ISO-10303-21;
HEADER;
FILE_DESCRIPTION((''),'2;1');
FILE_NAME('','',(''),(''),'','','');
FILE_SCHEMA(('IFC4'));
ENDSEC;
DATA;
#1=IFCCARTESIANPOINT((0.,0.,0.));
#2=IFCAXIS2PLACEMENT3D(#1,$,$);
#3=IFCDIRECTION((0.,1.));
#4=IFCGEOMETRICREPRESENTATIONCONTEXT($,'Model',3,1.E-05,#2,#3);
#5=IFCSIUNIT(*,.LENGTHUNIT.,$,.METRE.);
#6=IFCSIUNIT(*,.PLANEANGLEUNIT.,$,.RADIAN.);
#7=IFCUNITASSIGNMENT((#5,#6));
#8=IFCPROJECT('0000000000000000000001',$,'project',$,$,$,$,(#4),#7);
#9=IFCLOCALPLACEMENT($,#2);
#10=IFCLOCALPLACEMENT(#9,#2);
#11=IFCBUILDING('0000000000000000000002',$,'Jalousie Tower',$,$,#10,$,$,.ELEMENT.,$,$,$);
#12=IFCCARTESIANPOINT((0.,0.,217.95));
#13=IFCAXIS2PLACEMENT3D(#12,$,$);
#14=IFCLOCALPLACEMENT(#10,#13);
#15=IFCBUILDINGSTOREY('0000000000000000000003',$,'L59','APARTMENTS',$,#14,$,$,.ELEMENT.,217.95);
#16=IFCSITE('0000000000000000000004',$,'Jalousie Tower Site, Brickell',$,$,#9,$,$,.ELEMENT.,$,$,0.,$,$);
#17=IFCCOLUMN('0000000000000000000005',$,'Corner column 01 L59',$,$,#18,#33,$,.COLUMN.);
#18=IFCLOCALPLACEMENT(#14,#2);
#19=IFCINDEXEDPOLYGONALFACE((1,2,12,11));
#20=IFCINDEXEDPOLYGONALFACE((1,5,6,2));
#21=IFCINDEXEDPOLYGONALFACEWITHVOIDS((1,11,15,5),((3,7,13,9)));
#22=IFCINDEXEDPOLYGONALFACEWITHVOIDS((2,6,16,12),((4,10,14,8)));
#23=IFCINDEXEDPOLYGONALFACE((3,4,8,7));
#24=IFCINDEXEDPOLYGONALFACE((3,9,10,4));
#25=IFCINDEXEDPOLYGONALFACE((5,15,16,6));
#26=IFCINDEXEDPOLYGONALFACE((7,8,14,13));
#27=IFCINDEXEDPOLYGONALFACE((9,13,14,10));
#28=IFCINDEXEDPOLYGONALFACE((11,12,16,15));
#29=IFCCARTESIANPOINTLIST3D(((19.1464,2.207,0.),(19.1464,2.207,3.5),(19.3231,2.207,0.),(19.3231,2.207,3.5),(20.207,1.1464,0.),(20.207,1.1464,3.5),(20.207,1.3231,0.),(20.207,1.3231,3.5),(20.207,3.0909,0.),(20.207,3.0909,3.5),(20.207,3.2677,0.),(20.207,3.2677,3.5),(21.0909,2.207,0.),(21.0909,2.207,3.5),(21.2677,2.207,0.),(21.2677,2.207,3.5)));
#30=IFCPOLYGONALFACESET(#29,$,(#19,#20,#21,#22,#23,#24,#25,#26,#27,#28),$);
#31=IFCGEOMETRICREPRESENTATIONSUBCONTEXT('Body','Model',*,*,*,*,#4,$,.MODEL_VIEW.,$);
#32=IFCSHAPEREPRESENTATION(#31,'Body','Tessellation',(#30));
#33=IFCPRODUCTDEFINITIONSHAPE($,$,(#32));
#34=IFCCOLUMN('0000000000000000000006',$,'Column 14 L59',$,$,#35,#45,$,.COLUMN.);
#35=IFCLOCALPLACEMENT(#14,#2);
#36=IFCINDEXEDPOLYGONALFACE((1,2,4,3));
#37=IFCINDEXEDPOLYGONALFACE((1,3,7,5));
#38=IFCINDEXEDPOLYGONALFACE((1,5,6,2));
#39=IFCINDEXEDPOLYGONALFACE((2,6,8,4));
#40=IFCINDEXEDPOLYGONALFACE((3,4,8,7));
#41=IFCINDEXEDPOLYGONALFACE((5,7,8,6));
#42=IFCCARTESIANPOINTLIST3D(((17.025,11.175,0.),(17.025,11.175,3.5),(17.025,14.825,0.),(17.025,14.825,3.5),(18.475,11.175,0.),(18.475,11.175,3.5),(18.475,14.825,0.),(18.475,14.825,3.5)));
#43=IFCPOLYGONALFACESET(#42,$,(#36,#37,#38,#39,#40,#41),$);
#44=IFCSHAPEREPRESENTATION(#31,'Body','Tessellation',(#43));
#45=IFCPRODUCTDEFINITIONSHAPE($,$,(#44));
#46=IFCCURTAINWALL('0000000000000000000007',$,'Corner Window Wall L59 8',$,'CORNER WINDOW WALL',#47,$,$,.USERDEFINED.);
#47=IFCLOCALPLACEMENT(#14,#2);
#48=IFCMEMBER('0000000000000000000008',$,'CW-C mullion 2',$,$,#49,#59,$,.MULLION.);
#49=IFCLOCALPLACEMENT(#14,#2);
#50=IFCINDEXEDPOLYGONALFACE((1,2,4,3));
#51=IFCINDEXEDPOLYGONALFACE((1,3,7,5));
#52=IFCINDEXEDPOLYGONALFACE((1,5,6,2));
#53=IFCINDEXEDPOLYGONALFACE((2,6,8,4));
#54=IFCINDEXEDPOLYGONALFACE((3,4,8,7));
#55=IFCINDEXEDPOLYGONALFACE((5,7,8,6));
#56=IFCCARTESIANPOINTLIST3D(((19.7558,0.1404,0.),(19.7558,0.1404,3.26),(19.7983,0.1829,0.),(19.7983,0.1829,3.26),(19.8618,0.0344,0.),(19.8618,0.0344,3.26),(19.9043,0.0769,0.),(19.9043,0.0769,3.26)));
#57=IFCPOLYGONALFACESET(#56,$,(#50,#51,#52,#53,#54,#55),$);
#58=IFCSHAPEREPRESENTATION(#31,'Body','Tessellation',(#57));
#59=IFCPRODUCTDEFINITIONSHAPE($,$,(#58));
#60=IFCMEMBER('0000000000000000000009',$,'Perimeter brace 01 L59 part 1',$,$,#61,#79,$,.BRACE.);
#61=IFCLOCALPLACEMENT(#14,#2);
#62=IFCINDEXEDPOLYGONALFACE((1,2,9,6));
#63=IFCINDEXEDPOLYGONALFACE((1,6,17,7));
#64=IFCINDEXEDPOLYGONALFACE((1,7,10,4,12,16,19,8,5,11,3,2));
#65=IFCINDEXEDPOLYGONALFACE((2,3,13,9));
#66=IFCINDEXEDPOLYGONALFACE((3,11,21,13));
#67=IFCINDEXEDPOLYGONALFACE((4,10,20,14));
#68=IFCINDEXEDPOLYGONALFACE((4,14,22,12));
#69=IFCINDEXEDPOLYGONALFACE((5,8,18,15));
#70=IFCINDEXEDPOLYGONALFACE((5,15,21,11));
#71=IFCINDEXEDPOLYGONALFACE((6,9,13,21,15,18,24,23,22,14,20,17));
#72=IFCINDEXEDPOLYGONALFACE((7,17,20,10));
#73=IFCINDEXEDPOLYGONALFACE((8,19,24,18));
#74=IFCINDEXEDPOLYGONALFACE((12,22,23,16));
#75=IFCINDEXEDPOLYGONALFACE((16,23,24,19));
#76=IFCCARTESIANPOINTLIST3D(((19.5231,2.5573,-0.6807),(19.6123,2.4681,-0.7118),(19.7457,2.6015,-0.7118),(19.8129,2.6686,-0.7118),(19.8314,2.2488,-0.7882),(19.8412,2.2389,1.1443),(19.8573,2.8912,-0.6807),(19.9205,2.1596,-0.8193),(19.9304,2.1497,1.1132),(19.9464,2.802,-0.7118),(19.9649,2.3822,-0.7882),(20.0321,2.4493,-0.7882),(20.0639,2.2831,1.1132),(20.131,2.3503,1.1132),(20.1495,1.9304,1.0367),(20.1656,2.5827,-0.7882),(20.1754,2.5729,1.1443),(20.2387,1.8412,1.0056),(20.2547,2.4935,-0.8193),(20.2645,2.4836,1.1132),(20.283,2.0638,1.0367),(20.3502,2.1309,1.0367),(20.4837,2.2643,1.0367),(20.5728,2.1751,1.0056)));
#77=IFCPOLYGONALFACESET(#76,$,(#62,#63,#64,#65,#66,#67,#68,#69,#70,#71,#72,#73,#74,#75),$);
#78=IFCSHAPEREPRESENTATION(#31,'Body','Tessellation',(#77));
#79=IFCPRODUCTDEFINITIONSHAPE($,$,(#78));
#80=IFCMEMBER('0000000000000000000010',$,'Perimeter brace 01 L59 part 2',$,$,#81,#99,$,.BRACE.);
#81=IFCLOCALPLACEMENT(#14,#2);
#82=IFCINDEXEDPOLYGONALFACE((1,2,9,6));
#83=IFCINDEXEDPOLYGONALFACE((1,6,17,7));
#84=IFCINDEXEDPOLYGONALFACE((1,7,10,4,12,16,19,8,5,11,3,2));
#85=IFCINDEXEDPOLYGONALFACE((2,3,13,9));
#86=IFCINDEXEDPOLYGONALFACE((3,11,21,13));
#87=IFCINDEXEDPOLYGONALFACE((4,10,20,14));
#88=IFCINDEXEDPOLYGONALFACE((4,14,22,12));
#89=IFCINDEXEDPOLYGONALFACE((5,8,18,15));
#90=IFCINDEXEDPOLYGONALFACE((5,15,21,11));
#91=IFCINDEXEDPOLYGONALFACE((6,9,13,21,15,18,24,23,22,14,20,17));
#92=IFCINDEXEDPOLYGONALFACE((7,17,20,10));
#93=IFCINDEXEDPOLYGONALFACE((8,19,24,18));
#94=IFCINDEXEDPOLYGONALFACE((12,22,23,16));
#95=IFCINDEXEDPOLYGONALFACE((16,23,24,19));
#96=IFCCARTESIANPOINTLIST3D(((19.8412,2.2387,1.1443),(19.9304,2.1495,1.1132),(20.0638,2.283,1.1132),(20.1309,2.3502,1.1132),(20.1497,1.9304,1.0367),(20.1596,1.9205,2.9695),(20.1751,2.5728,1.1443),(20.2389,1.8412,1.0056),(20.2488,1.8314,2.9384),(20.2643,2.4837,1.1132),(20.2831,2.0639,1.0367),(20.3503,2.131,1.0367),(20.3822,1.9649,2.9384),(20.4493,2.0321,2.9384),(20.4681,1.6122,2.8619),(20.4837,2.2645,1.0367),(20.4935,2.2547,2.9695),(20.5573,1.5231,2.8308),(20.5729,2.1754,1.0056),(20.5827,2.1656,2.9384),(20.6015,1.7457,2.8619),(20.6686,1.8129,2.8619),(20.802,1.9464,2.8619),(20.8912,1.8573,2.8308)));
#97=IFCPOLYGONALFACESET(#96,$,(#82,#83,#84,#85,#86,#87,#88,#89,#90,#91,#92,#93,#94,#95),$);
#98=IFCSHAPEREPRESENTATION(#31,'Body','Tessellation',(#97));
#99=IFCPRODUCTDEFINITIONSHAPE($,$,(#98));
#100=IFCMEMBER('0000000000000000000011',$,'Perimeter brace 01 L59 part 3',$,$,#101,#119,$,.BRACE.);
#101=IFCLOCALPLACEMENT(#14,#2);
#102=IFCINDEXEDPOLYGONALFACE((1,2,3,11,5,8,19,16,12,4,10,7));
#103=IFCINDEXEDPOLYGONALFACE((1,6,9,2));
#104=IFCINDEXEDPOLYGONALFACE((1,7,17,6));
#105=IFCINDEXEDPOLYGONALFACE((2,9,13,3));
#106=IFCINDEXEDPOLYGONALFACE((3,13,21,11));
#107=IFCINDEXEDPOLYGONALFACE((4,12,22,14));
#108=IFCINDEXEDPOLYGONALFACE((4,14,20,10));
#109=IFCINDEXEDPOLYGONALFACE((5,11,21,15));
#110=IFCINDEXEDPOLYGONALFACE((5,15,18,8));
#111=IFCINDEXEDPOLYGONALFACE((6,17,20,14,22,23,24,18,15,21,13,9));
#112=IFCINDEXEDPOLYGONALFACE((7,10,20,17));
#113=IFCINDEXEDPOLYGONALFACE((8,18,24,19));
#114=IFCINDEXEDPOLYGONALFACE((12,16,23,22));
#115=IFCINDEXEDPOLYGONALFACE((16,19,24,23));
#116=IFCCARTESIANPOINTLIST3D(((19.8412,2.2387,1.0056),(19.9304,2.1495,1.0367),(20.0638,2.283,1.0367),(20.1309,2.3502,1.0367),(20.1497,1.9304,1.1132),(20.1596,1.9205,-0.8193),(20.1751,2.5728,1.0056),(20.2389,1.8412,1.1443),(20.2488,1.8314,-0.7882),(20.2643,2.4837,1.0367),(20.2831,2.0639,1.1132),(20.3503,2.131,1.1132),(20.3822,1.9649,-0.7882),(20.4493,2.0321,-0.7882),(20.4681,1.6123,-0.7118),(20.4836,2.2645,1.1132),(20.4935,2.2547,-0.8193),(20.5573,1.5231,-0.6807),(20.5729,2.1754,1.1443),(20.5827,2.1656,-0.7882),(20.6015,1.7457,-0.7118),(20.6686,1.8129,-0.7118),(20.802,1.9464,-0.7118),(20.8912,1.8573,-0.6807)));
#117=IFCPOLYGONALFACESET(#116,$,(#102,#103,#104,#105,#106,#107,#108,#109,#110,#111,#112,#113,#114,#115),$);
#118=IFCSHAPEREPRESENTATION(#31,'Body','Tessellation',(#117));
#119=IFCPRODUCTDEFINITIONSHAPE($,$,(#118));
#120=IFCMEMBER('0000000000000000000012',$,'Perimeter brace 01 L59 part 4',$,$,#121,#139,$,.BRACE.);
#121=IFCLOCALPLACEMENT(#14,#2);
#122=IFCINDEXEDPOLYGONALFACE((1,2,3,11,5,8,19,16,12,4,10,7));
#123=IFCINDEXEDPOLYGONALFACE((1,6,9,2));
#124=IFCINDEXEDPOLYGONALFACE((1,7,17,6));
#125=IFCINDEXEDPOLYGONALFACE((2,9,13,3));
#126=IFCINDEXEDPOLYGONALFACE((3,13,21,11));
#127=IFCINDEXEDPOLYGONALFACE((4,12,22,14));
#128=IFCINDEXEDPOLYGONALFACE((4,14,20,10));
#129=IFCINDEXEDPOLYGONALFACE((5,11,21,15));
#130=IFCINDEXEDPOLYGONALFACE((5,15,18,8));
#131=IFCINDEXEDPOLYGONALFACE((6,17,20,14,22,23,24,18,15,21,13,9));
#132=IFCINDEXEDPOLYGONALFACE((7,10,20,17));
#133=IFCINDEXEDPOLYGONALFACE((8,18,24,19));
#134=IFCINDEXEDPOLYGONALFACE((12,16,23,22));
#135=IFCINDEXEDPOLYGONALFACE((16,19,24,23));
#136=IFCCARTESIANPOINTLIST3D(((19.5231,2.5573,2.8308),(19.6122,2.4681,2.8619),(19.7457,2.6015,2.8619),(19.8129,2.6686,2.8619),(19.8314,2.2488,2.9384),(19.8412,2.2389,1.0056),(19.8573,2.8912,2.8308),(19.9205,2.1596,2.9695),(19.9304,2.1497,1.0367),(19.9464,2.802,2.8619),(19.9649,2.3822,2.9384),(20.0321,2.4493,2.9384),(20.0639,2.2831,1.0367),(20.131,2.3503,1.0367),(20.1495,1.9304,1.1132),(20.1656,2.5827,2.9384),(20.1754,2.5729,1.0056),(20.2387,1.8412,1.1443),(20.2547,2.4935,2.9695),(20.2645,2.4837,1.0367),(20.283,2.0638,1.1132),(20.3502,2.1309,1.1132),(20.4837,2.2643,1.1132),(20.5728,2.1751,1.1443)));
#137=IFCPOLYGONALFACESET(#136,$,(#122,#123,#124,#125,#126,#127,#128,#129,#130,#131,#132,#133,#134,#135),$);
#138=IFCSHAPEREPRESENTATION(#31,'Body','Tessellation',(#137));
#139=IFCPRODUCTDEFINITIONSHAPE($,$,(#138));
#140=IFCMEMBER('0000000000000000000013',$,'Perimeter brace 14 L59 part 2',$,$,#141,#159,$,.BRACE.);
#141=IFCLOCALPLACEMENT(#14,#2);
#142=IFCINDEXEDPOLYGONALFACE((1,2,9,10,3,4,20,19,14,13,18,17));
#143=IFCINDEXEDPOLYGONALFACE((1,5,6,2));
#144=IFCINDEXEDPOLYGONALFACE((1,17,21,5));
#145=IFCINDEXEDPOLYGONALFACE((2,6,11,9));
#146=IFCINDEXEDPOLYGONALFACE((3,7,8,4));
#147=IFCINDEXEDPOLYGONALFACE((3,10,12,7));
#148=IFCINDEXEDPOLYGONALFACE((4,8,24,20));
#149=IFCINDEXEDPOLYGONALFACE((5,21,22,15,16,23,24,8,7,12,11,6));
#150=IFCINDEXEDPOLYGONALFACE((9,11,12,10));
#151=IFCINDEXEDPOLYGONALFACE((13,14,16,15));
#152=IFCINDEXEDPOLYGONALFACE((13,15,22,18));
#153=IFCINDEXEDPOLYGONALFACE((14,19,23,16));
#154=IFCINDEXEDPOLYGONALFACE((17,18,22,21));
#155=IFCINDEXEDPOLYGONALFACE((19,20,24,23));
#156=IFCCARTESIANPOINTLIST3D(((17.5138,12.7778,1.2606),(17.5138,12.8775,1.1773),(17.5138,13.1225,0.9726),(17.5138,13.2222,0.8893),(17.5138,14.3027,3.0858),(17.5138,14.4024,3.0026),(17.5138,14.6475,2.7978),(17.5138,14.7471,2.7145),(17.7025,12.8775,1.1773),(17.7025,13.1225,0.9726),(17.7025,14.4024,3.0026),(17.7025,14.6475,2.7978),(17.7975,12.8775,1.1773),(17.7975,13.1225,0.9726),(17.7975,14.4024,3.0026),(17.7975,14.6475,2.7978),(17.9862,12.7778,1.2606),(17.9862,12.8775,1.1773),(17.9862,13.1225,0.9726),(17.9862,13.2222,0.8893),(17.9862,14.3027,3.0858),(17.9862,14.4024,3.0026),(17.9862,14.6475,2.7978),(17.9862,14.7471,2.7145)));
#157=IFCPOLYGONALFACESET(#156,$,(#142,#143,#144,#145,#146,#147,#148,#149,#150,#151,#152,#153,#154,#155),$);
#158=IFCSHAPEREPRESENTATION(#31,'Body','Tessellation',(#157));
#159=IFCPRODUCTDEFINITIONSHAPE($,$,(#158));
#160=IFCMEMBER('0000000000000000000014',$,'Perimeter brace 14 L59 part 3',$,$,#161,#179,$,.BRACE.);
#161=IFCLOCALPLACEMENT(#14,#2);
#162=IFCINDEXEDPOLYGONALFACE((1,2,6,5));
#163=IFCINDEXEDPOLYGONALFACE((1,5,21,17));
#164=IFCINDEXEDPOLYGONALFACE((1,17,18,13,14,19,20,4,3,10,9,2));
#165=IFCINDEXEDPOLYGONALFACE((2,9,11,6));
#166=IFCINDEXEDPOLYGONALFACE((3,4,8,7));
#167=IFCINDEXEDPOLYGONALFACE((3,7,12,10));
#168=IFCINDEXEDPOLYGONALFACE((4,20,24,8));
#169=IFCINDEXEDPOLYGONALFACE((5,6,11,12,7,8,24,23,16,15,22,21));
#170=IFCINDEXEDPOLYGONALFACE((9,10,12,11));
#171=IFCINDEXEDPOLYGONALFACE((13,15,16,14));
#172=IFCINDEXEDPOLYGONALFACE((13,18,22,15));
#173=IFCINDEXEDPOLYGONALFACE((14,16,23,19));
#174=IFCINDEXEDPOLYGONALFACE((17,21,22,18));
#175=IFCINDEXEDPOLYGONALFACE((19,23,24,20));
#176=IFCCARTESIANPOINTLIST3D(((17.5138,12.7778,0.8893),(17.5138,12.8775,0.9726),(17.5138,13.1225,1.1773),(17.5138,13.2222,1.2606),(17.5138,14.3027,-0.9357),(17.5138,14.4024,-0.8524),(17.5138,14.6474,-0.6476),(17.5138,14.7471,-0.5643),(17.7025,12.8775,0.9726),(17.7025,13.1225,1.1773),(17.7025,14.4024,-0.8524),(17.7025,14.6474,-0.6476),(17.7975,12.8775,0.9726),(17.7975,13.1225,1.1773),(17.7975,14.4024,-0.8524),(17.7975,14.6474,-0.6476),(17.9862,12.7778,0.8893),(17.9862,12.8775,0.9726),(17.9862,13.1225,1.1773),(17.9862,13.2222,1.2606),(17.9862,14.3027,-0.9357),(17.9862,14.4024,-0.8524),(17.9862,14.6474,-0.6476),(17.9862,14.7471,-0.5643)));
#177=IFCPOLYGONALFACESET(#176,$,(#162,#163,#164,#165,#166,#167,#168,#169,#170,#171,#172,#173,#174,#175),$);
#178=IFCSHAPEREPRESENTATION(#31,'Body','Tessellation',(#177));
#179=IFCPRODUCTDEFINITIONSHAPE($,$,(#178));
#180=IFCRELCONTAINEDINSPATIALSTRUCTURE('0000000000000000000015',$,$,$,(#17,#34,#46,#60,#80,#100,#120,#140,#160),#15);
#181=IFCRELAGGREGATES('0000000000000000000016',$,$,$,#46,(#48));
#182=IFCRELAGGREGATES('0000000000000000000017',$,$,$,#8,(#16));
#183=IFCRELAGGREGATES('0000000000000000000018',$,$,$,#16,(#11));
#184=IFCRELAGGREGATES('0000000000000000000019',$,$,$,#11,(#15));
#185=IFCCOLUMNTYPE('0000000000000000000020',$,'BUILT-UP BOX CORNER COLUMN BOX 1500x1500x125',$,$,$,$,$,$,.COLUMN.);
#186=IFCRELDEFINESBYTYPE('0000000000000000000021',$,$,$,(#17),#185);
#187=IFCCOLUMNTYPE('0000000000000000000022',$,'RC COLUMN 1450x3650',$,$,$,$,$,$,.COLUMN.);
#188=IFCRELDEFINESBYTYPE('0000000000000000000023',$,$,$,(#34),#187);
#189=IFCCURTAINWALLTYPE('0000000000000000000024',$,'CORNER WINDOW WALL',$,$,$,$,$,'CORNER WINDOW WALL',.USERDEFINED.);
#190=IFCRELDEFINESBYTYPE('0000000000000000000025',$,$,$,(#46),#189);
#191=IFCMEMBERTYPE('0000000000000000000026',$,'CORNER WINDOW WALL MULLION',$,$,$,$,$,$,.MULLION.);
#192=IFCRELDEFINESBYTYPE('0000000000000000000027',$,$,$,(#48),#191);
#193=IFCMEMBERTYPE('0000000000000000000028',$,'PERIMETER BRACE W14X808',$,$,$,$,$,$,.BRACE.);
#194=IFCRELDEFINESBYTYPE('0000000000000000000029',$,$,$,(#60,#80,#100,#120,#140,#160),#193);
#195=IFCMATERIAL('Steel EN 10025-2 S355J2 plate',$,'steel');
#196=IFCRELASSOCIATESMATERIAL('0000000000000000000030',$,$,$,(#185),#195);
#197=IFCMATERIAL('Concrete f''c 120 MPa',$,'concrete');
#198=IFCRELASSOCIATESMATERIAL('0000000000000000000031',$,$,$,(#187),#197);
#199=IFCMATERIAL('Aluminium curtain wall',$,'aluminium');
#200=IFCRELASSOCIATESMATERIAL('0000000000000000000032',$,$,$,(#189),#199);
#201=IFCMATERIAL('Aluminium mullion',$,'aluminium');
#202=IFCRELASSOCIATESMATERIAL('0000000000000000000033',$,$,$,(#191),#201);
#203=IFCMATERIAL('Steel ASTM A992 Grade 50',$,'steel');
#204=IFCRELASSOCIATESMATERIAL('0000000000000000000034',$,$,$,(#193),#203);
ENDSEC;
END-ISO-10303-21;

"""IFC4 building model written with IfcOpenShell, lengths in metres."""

from ifc_helpers import new_model, si_unit, direction, frame, origin, origin_2d, place, context, subcontext, project, spatial, rectangle, hollow_rectangle, i_section, extrude, material, material_profile, profile_set, type_object, element, aggregate, save


model = new_model("IFC4")

# Units and contexts
model_context = context("Model", 3, precision=1e-05, world=origin(), true_north=direction((0.0, 1.0)))
body_context = subcontext(model_context, "Body", "Model", "MODEL_VIEW")
ifc_project = project(units=[si_unit("LENGTHUNIT", "METRE"), si_unit("PLANEANGLEUNIT", "RADIAN")], contexts=[model_context])

# Site, building, storey
site_placement = place(None, origin())
site = spatial("IfcSite", under=ifc_project, at=site_placement, Name="Jalousie Tower Site, Brickell", CompositionType="ELEMENT", RefElevation=0.0)
building_placement = place(site_placement, origin())
building = spatial("IfcBuilding", under=site, at=building_placement, Name="Jalousie Tower", CompositionType="ELEMENT")
storey_placement = place(building_placement, frame((0.0, 0.0, 217.95)))
storey = spatial("IfcBuildingStorey", under=building, at=storey_placement, Name="L59", Description="APARTMENTS", CompositionType="ELEMENT", Elevation=217.95)

# Columns
ifc_material_1 = material(Name="Steel EN 10025-2 S355J2 plate", Category="steel")
ifc_material_profile_1 = material_profile(ifc_material_1, hollow_rectangle(XDim=1.5, YDim=1.5, WallThickness=0.125, at=origin_2d()), Name="BOX 1500x1500x125")
ifc_profile_set_1 = profile_set([ifc_material_profile_1], Name="Steel EN 10025-2 S355J2 plate")
column_type_1 = type_object("IfcColumnType", Name="BUILT-UP BOX CORNER COLUMN BOX 1500x1500x125", PredefinedType="COLUMN", material=ifc_profile_set_1)
column_1_placement = place(storey_placement, frame((20.207, 2.207, 0.0), z_axis=(0.0, 0.0, 1.0), x_axis=(0.707107, 0.707107, 0.0)))
element("IfcColumn", 1, at=column_1_placement, inside=storey, type_object=column_type_1, Name="Corner column 01 L59", PredefinedType="COLUMN", context=body_context, shape_type="SweptSolid", body=[
    extrude(hollow_rectangle(XDim=1.5, YDim=1.5, WallThickness=0.125, at=origin_2d()), origin(), (0.0, 0.0, 1.0), 3.5),
])
ifc_material_2 = material(Name="Concrete f'c 120 MPa", Category="concrete")
ifc_material_profile_2 = material_profile(ifc_material_2, rectangle(XDim=1.45, YDim=3.6499, at=origin_2d()), Name="RC 1450x3650")
ifc_profile_set_2 = profile_set([ifc_material_profile_2], Name="Concrete f'c 120 MPa")
column_type_2 = type_object("IfcColumnType", Name="RC COLUMN 1450x3650", PredefinedType="COLUMN", material=ifc_profile_set_2)
column_2_placement = place(storey_placement, frame((17.75, 13.0, 0.0), z_axis=(0.0, 0.0, 1.0), x_axis=(1.0, 0.0, 0.0)))
element("IfcColumn", 2, at=column_2_placement, inside=storey, type_object=column_type_2, Name="Column 14 L59", PredefinedType="COLUMN", context=body_context, shape_type="SweptSolid", body=[
    extrude(rectangle(XDim=1.45, YDim=3.6499, at=origin_2d()), origin(), (0.0, 0.0, 1.0), 3.5),
])

# Curtain wall, member
ifc_material_3 = material(Name="Aluminium curtain wall", Category="aluminium")
curtain_wall_type = type_object("IfcCurtainWallType", Name="CORNER WINDOW WALL", ElementType="CORNER WINDOW WALL", PredefinedType="USERDEFINED", material=ifc_material_3)
curtain_wall_placement = place(storey_placement, origin())
curtain_wall = element("IfcCurtainWall", 3, at=curtain_wall_placement, inside=storey, type_object=curtain_wall_type, Name="Corner Window Wall L59 8", ObjectType="CORNER WINDOW WALL", PredefinedType="USERDEFINED")
ifc_material_4 = material(Name="Aluminium mullion", Category="aluminium")
ifc_material_profile_3 = material_profile(ifc_material_4, rectangle(XDim=0.0601, YDim=0.1499, at=origin_2d()), Name="MULLION 60x150")
ifc_profile_set_3 = profile_set([ifc_material_profile_3], Name="Aluminium mullion")
member_type_1 = type_object("IfcMemberType", Name="CORNER WINDOW WALL MULLION", PredefinedType="MULLION", material=ifc_profile_set_3)
member_1_placement = place(storey_placement, frame((19.8301, 0.1086, 0.0), z_axis=(0.0, 0.0, 1.0), x_axis=(0.707107, 0.707107, 0.0)))
member_1 = element("IfcMember", 4, at=member_1_placement, type_object=member_type_1, Name="CW-C mullion 2", PredefinedType="MULLION", context=body_context, shape_type="SweptSolid", body=[
    extrude(rectangle(XDim=0.0601, YDim=0.1499, at=origin_2d()), origin(), (0.0, 0.0, 1.0), 3.26),
])

# Members
ifc_material_5 = material(Name="Steel ASTM A992 Grade 50", Category="steel")
ifc_material_profile_4 = material_profile(ifc_material_5, i_section(OverallWidth=0.4724, OverallDepth=0.5791, WebThickness=0.095, FlangeThickness=0.1299, at=origin_2d()), Name="W14X808")
ifc_profile_set_4 = profile_set([ifc_material_profile_4], Name="Steel ASTM A992 Grade 50")
member_type_2 = type_object("IfcMemberType", Name="PERIMETER BRACE W14X808", PredefinedType="BRACE", material=ifc_profile_set_4)
member_2_placement = place(storey_placement, frame((19.8889, 2.5254, -0.75), z_axis=(0.169244, -0.169374, 0.970911), x_axis=(0.707378, 0.706835, 0.0)))
element("IfcMember", 5, at=member_2_placement, inside=storey, type_object=member_type_2, Name="Perimeter brace 01 L59 part 1", PredefinedType="BRACE", context=body_context, shape_type="SweptSolid", body=[
    extrude(i_section(OverallWidth=0.4724, OverallDepth=0.5791, WebThickness=0.095, FlangeThickness=0.1299, at=origin_2d()), origin(), (0.0, 0.0, 1.0), 1.8796),
])
member_3_placement = place(storey_placement, frame((20.207, 2.207, 1.075), z_axis=(0.169352, -0.169222, 0.970919), x_axis=(0.706835, 0.707378, 0.0)))
element("IfcMember", 6, at=member_3_placement, inside=storey, type_object=member_type_2, Name="Perimeter brace 01 L59 part 2", PredefinedType="BRACE", context=body_context, shape_type="SweptSolid", body=[
    extrude(i_section(OverallWidth=0.4724, OverallDepth=0.5791, WebThickness=0.095, FlangeThickness=0.1299, at=origin_2d()), origin(), (0.0, 0.0, 1.0), 1.8799),
])
member_4_placement = place(storey_placement, frame((20.5254, 1.8889, -0.75), z_axis=(-0.169374, 0.169244, 0.970911), x_axis=(-0.706835, -0.707378, 0.0)))
element("IfcMember", 7, at=member_4_placement, inside=storey, type_object=member_type_2, Name="Perimeter brace 01 L59 part 3", PredefinedType="BRACE", context=body_context, shape_type="SweptSolid", body=[
    extrude(i_section(OverallWidth=0.4724, OverallDepth=0.5791, WebThickness=0.095, FlangeThickness=0.1299, at=origin_2d()), origin(), (0.0, 0.0, 1.0), 1.8796),
])
member_5_placement = place(storey_placement, frame((20.207, 2.207, 1.075), z_axis=(-0.169222, 0.169352, 0.970919), x_axis=(-0.707378, -0.706835, 0.0)))
element("IfcMember", 8, at=member_5_placement, inside=storey, type_object=member_type_2, Name="Perimeter brace 01 L59 part 4", PredefinedType="BRACE", context=body_context, shape_type="SweptSolid", body=[
    extrude(i_section(OverallWidth=0.4724, OverallDepth=0.5791, WebThickness=0.095, FlangeThickness=0.1299, at=origin_2d()), origin(), (0.0, 0.0, 1.0), 1.8799),
])
member_6_placement = place(storey_placement, frame((17.75, 13.0, 1.075), z_axis=(0.0, 0.641153, 0.767413), x_axis=(-1.0, 0.0, 0.0)))
element("IfcMember", 9, at=member_6_placement, inside=storey, type_object=member_type_2, Name="Perimeter brace 14 L59 part 2", PredefinedType="BRACE", context=body_context, shape_type="SweptSolid", body=[
    extrude(i_section(OverallWidth=0.4724, OverallDepth=0.5791, WebThickness=0.095, FlangeThickness=0.1299, at=origin_2d()), origin(), (0.0, 0.0, 1.0), 2.3784),
])
member_7_placement = place(storey_placement, frame((17.75, 14.5249, -0.75), z_axis=(0.0, -0.641204, 0.767371), x_axis=(1.0, 0.0, 0.0)))
element("IfcMember", 10, at=member_7_placement, inside=storey, type_object=member_type_2, Name="Perimeter brace 14 L59 part 3", PredefinedType="BRACE", context=body_context, shape_type="SweptSolid", body=[
    extrude(i_section(OverallWidth=0.4724, OverallDepth=0.5791, WebThickness=0.095, FlangeThickness=0.1299, at=origin_2d()), origin(), (0.0, 0.0, 1.0), 2.3782),
])

aggregate(curtain_wall, [member_1])

save(model, "model.ifc")
